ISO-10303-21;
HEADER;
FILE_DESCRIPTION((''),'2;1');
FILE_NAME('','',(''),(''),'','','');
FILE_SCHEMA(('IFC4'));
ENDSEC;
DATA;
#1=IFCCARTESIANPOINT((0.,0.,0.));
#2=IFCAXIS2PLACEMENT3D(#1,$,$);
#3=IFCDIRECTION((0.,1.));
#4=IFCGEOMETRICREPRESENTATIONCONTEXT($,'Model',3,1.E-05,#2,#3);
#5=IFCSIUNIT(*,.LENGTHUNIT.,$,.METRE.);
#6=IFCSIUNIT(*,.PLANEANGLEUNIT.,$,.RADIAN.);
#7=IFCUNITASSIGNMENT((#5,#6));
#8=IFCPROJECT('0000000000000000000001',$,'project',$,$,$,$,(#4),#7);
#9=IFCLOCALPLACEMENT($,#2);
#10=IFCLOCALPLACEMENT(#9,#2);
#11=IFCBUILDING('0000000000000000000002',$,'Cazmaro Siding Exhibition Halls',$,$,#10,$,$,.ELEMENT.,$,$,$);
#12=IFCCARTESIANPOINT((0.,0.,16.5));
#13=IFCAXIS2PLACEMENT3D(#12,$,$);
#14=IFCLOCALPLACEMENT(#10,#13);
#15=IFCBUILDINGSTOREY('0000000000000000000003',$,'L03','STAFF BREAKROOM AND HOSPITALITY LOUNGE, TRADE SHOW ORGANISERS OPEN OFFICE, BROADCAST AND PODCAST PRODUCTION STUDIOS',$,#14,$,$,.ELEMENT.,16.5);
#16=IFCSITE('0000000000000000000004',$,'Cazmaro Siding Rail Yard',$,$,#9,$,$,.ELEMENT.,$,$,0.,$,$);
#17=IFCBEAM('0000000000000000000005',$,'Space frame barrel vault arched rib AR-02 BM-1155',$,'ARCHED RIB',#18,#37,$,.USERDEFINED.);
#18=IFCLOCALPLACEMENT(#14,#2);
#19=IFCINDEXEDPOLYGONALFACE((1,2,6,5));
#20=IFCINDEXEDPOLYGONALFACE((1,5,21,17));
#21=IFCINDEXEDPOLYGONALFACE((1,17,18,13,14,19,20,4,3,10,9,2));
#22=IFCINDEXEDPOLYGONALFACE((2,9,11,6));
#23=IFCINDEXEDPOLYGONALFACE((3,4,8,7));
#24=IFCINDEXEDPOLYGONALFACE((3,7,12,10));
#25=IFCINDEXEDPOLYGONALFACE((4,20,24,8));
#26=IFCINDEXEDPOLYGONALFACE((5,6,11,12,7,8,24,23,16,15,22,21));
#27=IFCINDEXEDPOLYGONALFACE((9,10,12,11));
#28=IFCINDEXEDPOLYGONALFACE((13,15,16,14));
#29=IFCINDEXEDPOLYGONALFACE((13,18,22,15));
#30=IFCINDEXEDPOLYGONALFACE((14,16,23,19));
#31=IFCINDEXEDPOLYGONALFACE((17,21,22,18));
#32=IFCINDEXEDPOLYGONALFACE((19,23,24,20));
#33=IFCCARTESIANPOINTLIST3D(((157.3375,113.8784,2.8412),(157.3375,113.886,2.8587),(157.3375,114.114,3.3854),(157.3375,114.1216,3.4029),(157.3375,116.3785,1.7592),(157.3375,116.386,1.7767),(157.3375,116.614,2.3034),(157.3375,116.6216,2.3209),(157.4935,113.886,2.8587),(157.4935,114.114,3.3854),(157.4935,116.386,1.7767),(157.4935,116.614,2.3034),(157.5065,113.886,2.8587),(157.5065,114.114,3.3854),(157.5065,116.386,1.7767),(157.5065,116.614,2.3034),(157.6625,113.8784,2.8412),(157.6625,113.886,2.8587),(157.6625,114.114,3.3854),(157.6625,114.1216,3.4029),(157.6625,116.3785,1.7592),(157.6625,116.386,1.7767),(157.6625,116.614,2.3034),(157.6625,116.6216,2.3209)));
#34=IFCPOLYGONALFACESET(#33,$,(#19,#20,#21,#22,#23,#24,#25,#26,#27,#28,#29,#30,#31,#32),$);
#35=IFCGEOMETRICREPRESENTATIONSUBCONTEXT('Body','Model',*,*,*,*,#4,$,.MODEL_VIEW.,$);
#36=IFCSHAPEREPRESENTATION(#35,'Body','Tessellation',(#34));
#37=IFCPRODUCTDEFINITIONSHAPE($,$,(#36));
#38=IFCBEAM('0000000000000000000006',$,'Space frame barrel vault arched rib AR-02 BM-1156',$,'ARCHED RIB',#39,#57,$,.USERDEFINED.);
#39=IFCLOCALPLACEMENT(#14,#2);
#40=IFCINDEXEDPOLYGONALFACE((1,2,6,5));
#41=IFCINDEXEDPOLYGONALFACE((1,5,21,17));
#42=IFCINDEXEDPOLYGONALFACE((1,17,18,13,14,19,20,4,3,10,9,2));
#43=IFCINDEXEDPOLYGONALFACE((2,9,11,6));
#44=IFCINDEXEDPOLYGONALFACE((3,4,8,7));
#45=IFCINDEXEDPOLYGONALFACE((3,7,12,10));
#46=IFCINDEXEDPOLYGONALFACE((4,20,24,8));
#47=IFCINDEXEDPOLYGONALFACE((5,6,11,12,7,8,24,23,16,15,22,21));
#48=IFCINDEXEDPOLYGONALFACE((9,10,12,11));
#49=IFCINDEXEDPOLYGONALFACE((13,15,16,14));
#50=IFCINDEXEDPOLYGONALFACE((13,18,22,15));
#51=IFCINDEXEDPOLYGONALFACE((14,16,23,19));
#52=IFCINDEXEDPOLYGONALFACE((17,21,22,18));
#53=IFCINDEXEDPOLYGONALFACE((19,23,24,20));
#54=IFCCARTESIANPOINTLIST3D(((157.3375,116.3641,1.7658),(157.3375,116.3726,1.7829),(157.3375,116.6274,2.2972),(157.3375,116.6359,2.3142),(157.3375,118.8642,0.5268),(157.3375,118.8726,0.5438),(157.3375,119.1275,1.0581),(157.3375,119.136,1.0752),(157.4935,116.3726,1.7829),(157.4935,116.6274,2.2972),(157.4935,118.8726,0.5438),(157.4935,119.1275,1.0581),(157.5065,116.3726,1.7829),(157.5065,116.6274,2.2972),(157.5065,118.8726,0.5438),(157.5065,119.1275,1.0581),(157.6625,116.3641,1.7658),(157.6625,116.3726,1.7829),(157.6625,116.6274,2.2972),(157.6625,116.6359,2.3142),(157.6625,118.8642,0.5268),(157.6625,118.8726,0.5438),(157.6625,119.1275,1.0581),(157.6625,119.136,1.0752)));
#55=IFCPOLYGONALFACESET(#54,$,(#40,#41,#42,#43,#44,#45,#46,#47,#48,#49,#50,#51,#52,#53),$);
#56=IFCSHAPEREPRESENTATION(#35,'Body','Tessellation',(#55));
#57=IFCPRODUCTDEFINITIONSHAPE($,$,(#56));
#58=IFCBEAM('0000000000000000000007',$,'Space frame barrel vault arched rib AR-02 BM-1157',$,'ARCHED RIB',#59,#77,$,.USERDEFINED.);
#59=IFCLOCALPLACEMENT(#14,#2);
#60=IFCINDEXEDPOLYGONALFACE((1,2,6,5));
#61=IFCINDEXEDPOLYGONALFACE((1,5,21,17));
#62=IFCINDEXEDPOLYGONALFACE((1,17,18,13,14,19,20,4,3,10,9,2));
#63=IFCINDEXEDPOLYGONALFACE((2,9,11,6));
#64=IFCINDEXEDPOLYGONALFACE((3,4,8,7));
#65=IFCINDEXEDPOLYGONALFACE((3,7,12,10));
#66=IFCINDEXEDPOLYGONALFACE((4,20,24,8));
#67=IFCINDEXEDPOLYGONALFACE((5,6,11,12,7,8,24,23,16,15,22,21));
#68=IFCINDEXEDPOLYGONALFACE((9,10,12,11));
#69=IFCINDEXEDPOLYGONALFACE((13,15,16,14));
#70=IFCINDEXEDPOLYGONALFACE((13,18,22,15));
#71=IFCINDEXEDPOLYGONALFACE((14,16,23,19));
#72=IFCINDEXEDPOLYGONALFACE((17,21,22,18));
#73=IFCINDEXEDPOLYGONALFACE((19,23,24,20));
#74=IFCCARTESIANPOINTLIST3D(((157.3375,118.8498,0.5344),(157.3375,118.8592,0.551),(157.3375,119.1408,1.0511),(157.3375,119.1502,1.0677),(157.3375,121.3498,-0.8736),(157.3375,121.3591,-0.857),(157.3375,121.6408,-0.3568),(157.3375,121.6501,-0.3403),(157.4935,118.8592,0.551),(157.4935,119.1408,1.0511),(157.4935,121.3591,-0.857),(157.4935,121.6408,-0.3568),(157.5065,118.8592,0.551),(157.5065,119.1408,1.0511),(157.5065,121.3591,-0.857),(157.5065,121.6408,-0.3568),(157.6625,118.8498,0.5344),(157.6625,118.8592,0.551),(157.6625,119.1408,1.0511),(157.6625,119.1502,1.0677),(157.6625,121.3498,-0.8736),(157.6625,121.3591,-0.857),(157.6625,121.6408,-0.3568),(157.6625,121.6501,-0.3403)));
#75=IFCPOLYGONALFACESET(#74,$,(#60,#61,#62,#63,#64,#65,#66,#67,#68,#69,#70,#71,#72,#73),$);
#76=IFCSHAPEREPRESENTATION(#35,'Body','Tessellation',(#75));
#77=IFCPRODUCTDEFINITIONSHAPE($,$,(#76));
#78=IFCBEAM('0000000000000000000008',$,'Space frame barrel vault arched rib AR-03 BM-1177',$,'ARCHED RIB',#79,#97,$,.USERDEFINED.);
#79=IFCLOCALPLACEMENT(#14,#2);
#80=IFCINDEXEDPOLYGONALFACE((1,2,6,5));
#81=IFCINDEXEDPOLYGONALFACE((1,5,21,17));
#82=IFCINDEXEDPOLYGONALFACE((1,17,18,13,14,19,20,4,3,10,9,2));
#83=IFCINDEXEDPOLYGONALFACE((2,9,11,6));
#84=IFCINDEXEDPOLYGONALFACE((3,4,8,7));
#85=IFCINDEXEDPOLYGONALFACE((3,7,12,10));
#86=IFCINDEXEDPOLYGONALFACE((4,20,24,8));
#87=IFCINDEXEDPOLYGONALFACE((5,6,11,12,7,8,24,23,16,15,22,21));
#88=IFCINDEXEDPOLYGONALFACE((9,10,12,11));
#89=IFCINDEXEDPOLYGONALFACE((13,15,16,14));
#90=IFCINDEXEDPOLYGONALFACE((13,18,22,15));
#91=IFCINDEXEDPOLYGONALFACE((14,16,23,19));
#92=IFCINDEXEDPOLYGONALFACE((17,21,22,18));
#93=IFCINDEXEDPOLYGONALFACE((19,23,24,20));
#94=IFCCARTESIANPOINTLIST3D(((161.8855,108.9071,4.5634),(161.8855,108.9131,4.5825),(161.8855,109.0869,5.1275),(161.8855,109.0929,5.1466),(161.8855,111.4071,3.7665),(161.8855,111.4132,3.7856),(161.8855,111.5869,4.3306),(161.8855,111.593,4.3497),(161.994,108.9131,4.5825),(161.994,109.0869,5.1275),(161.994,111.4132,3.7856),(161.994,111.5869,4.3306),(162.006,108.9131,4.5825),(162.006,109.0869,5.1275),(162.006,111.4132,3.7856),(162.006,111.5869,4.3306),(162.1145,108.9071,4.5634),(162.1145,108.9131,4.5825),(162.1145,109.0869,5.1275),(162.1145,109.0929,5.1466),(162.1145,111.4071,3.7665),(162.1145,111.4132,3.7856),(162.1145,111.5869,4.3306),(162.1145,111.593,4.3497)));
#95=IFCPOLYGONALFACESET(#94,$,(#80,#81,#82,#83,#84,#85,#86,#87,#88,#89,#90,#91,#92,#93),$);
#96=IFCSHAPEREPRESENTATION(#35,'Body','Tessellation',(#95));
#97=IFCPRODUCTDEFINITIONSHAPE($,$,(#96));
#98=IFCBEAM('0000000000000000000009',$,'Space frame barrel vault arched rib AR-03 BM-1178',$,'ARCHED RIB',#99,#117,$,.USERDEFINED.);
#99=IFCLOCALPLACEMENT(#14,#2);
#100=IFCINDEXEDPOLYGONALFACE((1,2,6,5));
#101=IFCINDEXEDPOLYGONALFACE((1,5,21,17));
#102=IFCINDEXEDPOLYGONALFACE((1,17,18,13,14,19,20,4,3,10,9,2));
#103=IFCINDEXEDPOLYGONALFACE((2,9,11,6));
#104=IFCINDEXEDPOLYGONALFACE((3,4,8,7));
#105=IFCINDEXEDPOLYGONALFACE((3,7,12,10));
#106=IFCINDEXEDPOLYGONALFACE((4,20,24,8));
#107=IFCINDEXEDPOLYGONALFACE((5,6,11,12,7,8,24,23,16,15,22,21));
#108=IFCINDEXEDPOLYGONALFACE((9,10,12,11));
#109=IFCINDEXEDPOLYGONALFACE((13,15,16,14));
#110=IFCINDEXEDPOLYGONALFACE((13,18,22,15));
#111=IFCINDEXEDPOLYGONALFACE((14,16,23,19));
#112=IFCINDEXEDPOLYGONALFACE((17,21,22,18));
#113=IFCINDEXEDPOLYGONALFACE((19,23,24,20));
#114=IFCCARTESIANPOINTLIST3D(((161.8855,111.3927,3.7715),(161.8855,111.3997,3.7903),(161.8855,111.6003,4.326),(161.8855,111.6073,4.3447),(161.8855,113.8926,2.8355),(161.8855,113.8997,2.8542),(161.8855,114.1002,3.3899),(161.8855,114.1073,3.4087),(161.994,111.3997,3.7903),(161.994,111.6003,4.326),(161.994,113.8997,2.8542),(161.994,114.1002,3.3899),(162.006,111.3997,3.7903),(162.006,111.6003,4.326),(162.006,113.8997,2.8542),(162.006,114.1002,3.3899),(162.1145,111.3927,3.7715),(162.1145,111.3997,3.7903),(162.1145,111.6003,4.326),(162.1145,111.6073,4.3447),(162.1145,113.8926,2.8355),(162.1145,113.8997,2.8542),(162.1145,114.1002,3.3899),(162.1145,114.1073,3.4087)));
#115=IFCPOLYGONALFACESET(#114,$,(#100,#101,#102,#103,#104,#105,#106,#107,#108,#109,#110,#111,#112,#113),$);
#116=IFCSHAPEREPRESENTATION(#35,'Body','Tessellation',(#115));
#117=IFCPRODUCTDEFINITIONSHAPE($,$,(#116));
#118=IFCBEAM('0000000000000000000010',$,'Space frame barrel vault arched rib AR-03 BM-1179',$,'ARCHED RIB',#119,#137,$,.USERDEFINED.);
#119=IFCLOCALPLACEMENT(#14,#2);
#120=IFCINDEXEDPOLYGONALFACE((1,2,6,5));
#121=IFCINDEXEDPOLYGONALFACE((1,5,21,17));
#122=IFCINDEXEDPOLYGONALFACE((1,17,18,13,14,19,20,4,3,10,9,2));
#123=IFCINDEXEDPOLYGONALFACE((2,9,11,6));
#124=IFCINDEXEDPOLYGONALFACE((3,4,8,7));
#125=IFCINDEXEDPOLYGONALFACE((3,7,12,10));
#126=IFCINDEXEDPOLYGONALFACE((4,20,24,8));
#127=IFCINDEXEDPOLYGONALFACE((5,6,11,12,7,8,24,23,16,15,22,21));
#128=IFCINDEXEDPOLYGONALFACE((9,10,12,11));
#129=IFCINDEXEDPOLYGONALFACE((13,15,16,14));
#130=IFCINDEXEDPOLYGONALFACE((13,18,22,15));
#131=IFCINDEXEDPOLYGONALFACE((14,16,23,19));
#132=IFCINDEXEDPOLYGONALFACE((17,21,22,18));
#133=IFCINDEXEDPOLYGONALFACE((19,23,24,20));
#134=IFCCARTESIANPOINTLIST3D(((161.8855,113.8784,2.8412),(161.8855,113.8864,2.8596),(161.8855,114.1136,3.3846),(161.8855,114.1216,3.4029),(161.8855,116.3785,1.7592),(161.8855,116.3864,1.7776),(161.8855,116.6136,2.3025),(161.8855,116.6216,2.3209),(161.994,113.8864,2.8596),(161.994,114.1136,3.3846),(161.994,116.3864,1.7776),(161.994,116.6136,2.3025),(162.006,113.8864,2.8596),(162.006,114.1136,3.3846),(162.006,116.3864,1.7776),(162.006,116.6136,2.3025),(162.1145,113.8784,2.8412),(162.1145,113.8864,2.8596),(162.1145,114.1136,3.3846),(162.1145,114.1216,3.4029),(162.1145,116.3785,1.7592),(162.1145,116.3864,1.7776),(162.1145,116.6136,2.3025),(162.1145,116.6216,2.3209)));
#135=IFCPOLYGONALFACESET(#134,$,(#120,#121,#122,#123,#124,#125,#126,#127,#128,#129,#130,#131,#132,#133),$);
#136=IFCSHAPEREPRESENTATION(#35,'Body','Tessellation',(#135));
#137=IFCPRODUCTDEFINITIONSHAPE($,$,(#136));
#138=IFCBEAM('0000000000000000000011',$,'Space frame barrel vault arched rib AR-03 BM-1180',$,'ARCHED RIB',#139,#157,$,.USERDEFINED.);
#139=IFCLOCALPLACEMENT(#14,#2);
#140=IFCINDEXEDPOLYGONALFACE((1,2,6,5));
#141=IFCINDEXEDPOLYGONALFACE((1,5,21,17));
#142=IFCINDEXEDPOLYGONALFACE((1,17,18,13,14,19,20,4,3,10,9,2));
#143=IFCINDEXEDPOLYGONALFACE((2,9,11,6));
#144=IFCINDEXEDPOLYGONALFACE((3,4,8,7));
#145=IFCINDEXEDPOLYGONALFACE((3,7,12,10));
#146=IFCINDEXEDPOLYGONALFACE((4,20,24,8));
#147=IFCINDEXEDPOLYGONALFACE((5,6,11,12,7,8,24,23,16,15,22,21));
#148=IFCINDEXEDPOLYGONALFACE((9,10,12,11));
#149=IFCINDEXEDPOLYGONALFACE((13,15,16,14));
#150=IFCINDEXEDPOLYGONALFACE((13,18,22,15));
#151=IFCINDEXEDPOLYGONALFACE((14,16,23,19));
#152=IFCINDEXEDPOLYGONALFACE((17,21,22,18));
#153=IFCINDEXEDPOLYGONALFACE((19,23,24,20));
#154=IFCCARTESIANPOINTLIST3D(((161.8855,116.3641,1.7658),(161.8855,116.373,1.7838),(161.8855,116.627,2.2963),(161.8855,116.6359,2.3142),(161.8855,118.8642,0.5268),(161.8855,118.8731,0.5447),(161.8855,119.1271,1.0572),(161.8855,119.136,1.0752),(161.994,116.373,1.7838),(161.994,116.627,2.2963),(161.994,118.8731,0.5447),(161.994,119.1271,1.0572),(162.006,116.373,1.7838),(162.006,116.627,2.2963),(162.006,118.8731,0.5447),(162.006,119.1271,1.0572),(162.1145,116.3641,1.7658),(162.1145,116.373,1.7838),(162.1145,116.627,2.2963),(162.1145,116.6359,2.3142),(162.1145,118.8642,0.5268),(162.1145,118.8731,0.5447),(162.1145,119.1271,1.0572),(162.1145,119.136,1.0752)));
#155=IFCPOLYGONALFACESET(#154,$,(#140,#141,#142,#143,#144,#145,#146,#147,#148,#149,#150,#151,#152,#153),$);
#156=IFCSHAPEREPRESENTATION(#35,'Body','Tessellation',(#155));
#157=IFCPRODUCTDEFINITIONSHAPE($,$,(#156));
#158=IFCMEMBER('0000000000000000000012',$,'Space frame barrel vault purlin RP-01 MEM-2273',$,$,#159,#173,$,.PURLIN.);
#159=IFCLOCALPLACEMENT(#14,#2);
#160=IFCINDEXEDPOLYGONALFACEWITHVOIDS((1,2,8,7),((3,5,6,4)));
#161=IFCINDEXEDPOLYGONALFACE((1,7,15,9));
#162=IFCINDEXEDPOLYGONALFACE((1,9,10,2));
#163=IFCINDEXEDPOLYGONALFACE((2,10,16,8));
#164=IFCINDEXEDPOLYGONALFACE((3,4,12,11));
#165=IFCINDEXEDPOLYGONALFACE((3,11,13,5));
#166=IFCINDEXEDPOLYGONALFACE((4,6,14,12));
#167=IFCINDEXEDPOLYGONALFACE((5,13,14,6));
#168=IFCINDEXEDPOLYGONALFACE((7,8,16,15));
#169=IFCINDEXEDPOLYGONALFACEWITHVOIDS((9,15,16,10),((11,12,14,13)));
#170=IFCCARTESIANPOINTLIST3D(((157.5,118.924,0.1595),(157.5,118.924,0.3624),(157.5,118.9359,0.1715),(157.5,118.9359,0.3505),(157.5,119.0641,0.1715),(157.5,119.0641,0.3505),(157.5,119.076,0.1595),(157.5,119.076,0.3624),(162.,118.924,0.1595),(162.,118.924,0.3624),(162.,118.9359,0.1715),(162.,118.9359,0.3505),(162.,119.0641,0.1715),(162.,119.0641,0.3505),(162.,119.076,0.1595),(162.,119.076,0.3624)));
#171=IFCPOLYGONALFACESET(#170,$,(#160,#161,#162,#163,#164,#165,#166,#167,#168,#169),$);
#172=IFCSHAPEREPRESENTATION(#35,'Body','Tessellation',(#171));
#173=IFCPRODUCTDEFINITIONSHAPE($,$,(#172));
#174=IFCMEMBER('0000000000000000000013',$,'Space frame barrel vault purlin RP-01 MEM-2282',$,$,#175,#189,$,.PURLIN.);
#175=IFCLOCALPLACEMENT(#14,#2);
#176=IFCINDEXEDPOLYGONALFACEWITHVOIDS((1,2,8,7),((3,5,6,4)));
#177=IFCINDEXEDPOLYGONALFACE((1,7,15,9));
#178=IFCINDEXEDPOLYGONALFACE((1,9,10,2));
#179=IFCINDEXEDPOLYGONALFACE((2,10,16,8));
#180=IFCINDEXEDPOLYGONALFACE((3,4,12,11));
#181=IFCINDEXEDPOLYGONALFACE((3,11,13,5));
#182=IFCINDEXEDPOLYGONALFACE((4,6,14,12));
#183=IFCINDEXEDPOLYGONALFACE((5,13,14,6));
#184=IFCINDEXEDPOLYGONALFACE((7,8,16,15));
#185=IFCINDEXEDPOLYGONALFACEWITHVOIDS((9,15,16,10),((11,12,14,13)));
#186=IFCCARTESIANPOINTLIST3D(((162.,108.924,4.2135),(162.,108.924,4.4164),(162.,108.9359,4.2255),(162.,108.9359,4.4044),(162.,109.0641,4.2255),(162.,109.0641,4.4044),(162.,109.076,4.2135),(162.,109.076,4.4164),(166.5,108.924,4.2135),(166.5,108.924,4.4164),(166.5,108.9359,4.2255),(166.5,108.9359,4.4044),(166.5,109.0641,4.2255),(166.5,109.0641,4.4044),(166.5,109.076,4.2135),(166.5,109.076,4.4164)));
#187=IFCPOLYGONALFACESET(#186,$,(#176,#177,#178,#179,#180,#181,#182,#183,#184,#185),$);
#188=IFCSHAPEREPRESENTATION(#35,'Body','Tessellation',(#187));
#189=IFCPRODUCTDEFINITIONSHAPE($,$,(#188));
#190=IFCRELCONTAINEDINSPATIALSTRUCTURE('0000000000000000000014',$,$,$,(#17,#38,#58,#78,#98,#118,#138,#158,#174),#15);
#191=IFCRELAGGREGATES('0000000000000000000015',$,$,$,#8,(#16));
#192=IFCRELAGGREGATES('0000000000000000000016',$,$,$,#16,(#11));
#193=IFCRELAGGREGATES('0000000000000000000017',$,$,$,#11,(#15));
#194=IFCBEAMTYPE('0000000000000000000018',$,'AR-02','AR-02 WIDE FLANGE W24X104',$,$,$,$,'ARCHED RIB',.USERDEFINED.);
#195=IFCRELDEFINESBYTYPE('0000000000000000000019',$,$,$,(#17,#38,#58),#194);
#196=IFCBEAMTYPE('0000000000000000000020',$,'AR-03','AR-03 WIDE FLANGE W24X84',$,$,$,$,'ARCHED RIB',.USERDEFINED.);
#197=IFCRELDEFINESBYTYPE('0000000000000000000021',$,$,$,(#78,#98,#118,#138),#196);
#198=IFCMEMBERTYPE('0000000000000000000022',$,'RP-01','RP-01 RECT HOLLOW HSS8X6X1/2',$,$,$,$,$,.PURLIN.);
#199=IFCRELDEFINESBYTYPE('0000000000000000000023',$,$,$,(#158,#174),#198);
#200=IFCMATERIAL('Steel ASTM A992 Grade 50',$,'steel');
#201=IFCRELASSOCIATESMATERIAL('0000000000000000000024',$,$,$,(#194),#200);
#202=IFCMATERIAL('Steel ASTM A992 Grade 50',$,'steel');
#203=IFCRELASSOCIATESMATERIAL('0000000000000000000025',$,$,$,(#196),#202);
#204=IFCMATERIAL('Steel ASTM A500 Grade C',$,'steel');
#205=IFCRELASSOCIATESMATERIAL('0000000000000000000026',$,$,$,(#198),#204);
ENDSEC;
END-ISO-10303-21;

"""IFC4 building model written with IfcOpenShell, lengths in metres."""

from ifc_helpers import new_model, si_unit, direction, frame, origin, origin_2d, place, context, subcontext, project, spatial, hollow_rectangle, i_section, extrude, material, material_profile, profile_set, type_object, element, save


model = new_model("IFC4")

# Units and contexts
model_context = context("Model", 3, precision=1e-05, world=origin(), true_north=direction((0.0, 1.0)))
body_context = subcontext(model_context, "Body", "Model", "MODEL_VIEW")
ifc_project = project(units=[si_unit("LENGTHUNIT", "METRE"), si_unit("PLANEANGLEUNIT", "RADIAN")], contexts=[model_context])

# Site, building, storey
site_placement = place(None, origin())
site = spatial("IfcSite", under=ifc_project, at=site_placement, Name="Cazmaro Siding Rail Yard", CompositionType="ELEMENT", RefElevation=0.0)
building_placement = place(site_placement, origin())
building = spatial("IfcBuilding", under=site, at=building_placement, Name="Cazmaro Siding Exhibition Halls", CompositionType="ELEMENT")
storey_placement = place(building_placement, frame((0.0, 0.0, 16.5)))
storey = spatial("IfcBuildingStorey", under=building, at=storey_placement, Name="L03", Description="STAFF BREAKROOM AND HOSPITALITY LOUNGE, TRADE SHOW ORGANISERS OPEN OFFICE, BROADCAST AND PODCAST PRODUCTION STUDIOS", CompositionType="ELEMENT", Elevation=16.5)

# Beams
ifc_material_1 = material(Name="Steel ASTM A992 Grade 50", Category="steel")
ifc_material_profile_1 = material_profile(ifc_material_1, i_section(OverallWidth=0.325, OverallDepth=0.6121, WebThickness=0.0129, FlangeThickness=0.019, at=origin_2d()), Name="W24X104")
ifc_profile_set_1 = profile_set([ifc_material_profile_1], Name="Steel ASTM A992 Grade 50")
beam_type_1 = type_object("IfcBeamType", Name="AR-02", Description="AR-02 WIDE FLANGE W24X104", ElementType="ARCHED RIB", PredefinedType="USERDEFINED", material=ifc_profile_set_1)
beam_1_placement = place(storey_placement, frame((157.5, 114.0, 3.1221), z_axis=(0.0, 0.91773, -0.397205), x_axis=(-1.0, 0.0, 0.0)))
element("IfcBeam", 1, at=beam_1_placement, inside=storey, type_object=beam_type_1, Name="Space frame barrel vault arched rib AR-02 BM-1155", ObjectType="ARCHED RIB", PredefinedType="USERDEFINED", context=body_context, shape_type="SweptSolid", body=[
    extrude(i_section(OverallWidth=0.325, OverallDepth=0.6121, WebThickness=0.0129, FlangeThickness=0.019, at=origin_2d()), origin(), (0.0, 0.0, 1.0), 2.7241),
])
beam_2_placement = place(storey_placement, frame((157.5, 116.5, 2.04), z_axis=(0.0, 0.895997, -0.444061), x_axis=(-1.0, 0.0, 0.0)))
element("IfcBeam", 2, at=beam_2_placement, inside=storey, type_object=beam_type_1, Name="Space frame barrel vault arched rib AR-02 BM-1156", ObjectType="ARCHED RIB", PredefinedType="USERDEFINED", context=body_context, shape_type="SweptSolid", body=[
    extrude(i_section(OverallWidth=0.325, OverallDepth=0.6121, WebThickness=0.0129, FlangeThickness=0.019, at=origin_2d()), origin(), (0.0, 0.0, 1.0), 2.7903),
])
beam_3_placement = place(storey_placement, frame((157.5, 119.0, 0.801), z_axis=(0.0, 0.871321, -0.490714), x_axis=(-1.0, 0.0, 0.0)))
element("IfcBeam", 3, at=beam_3_placement, inside=storey, type_object=beam_type_1, Name="Space frame barrel vault arched rib AR-02 BM-1157", ObjectType="ARCHED RIB", PredefinedType="USERDEFINED", context=body_context, shape_type="SweptSolid", body=[
    extrude(i_section(OverallWidth=0.325, OverallDepth=0.6121, WebThickness=0.0129, FlangeThickness=0.019, at=origin_2d()), origin(), (0.0, 0.0, 1.0), 2.8691),
])
ifc_material_2 = material(Name="Steel ASTM A992 Grade 50", Category="steel")
ifc_material_profile_2 = material_profile(ifc_material_2, i_section(OverallWidth=0.229, OverallDepth=0.6121, WebThickness=0.012, FlangeThickness=0.02, at=origin_2d()), Name="W24X84")
ifc_profile_set_2 = profile_set([ifc_material_profile_2], Name="Steel ASTM A992 Grade 50")
beam_type_2 = type_object("IfcBeamType", Name="AR-03", Description="AR-03 WIDE FLANGE W24X84", ElementType="ARCHED RIB", PredefinedType="USERDEFINED", material=ifc_profile_set_2)
beam_4_placement = place(storey_placement, frame((162.0, 109.0, 4.855), z_axis=(0.0, 0.952769, -0.303695), x_axis=(-1.0, 0.0, 0.0)))
element("IfcBeam", 4, at=beam_4_placement, inside=storey, type_object=beam_type_2, Name="Space frame barrel vault arched rib AR-03 BM-1177", ObjectType="ARCHED RIB", PredefinedType="USERDEFINED", context=body_context, shape_type="SweptSolid", body=[
    extrude(i_section(OverallWidth=0.229, OverallDepth=0.6121, WebThickness=0.012, FlangeThickness=0.02, at=origin_2d()), origin(), (0.0, 0.0, 1.0), 2.624),
])
beam_5_placement = place(storey_placement, frame((162.0, 111.5, 4.0581), z_axis=(0.0, 0.936509, -0.350642), x_axis=(-1.0, 0.0, 0.0)))
element("IfcBeam", 5, at=beam_5_placement, inside=storey, type_object=beam_type_2, Name="Space frame barrel vault arched rib AR-03 BM-1178", ObjectType="ARCHED RIB", PredefinedType="USERDEFINED", context=body_context, shape_type="SweptSolid", body=[
    extrude(i_section(OverallWidth=0.229, OverallDepth=0.6121, WebThickness=0.012, FlangeThickness=0.02, at=origin_2d()), origin(), (0.0, 0.0, 1.0), 2.6694),
])
beam_6_placement = place(storey_placement, frame((162.0, 114.0, 3.1221), z_axis=(0.0, 0.91773, -0.397205), x_axis=(-1.0, 0.0, 0.0)))
element("IfcBeam", 6, at=beam_6_placement, inside=storey, type_object=beam_type_2, Name="Space frame barrel vault arched rib AR-03 BM-1179", ObjectType="ARCHED RIB", PredefinedType="USERDEFINED", context=body_context, shape_type="SweptSolid", body=[
    extrude(i_section(OverallWidth=0.229, OverallDepth=0.6121, WebThickness=0.012, FlangeThickness=0.02, at=origin_2d()), origin(), (0.0, 0.0, 1.0), 2.7241),
])
beam_7_placement = place(storey_placement, frame((162.0, 116.5, 2.04), z_axis=(0.0, 0.895997, -0.444061), x_axis=(-1.0, 0.0, 0.0)))
element("IfcBeam", 7, at=beam_7_placement, inside=storey, type_object=beam_type_2, Name="Space frame barrel vault arched rib AR-03 BM-1180", ObjectType="ARCHED RIB", PredefinedType="USERDEFINED", context=body_context, shape_type="SweptSolid", body=[
    extrude(i_section(OverallWidth=0.229, OverallDepth=0.6121, WebThickness=0.012, FlangeThickness=0.02, at=origin_2d()), origin(), (0.0, 0.0, 1.0), 2.7903),
])

# Members
ifc_material_3 = material(Name="Steel ASTM A500 Grade C", Category="steel")
ifc_material_profile_3 = material_profile(ifc_material_3, hollow_rectangle(XDim=0.1521, YDim=0.2029, WallThickness=0.012, at=origin_2d()), Name="HSS8X6X1/2")
ifc_profile_set_3 = profile_set([ifc_material_profile_3], Name="Steel ASTM A500 Grade C")
member_type_1 = type_object("IfcMemberType", Name="RP-01", Description="RP-01 RECT HOLLOW HSS8X6X1/2", PredefinedType="PURLIN", material=ifc_profile_set_3)
for number, where, z_axis, x_axis, name in (
    (8, (157.5, 119.0, 0.261), (1.0, 0.0, 0.0), (0.0, 1.0, 0.0), "Space frame barrel vault purlin RP-01 MEM-2273"),
    (9, (162.0, 109.0, 4.3149), (1.0, 0.0, 0.0), (0.0, 1.0, 0.0), "Space frame barrel vault purlin RP-01 MEM-2282"),
):
    element("IfcMember", number, at=place(storey_placement, frame(where, z_axis=z_axis, x_axis=x_axis)), inside=storey, type_object=member_type_1, Name=name, PredefinedType="PURLIN", context=body_context, shape_type="SweptSolid", body=[
        extrude(hollow_rectangle(XDim=0.1521, YDim=0.2029, WallThickness=0.012, at=origin_2d()), origin(), (0.0, 0.0, 1.0), 4.5),
    ])

save(model, "model.ifc")
